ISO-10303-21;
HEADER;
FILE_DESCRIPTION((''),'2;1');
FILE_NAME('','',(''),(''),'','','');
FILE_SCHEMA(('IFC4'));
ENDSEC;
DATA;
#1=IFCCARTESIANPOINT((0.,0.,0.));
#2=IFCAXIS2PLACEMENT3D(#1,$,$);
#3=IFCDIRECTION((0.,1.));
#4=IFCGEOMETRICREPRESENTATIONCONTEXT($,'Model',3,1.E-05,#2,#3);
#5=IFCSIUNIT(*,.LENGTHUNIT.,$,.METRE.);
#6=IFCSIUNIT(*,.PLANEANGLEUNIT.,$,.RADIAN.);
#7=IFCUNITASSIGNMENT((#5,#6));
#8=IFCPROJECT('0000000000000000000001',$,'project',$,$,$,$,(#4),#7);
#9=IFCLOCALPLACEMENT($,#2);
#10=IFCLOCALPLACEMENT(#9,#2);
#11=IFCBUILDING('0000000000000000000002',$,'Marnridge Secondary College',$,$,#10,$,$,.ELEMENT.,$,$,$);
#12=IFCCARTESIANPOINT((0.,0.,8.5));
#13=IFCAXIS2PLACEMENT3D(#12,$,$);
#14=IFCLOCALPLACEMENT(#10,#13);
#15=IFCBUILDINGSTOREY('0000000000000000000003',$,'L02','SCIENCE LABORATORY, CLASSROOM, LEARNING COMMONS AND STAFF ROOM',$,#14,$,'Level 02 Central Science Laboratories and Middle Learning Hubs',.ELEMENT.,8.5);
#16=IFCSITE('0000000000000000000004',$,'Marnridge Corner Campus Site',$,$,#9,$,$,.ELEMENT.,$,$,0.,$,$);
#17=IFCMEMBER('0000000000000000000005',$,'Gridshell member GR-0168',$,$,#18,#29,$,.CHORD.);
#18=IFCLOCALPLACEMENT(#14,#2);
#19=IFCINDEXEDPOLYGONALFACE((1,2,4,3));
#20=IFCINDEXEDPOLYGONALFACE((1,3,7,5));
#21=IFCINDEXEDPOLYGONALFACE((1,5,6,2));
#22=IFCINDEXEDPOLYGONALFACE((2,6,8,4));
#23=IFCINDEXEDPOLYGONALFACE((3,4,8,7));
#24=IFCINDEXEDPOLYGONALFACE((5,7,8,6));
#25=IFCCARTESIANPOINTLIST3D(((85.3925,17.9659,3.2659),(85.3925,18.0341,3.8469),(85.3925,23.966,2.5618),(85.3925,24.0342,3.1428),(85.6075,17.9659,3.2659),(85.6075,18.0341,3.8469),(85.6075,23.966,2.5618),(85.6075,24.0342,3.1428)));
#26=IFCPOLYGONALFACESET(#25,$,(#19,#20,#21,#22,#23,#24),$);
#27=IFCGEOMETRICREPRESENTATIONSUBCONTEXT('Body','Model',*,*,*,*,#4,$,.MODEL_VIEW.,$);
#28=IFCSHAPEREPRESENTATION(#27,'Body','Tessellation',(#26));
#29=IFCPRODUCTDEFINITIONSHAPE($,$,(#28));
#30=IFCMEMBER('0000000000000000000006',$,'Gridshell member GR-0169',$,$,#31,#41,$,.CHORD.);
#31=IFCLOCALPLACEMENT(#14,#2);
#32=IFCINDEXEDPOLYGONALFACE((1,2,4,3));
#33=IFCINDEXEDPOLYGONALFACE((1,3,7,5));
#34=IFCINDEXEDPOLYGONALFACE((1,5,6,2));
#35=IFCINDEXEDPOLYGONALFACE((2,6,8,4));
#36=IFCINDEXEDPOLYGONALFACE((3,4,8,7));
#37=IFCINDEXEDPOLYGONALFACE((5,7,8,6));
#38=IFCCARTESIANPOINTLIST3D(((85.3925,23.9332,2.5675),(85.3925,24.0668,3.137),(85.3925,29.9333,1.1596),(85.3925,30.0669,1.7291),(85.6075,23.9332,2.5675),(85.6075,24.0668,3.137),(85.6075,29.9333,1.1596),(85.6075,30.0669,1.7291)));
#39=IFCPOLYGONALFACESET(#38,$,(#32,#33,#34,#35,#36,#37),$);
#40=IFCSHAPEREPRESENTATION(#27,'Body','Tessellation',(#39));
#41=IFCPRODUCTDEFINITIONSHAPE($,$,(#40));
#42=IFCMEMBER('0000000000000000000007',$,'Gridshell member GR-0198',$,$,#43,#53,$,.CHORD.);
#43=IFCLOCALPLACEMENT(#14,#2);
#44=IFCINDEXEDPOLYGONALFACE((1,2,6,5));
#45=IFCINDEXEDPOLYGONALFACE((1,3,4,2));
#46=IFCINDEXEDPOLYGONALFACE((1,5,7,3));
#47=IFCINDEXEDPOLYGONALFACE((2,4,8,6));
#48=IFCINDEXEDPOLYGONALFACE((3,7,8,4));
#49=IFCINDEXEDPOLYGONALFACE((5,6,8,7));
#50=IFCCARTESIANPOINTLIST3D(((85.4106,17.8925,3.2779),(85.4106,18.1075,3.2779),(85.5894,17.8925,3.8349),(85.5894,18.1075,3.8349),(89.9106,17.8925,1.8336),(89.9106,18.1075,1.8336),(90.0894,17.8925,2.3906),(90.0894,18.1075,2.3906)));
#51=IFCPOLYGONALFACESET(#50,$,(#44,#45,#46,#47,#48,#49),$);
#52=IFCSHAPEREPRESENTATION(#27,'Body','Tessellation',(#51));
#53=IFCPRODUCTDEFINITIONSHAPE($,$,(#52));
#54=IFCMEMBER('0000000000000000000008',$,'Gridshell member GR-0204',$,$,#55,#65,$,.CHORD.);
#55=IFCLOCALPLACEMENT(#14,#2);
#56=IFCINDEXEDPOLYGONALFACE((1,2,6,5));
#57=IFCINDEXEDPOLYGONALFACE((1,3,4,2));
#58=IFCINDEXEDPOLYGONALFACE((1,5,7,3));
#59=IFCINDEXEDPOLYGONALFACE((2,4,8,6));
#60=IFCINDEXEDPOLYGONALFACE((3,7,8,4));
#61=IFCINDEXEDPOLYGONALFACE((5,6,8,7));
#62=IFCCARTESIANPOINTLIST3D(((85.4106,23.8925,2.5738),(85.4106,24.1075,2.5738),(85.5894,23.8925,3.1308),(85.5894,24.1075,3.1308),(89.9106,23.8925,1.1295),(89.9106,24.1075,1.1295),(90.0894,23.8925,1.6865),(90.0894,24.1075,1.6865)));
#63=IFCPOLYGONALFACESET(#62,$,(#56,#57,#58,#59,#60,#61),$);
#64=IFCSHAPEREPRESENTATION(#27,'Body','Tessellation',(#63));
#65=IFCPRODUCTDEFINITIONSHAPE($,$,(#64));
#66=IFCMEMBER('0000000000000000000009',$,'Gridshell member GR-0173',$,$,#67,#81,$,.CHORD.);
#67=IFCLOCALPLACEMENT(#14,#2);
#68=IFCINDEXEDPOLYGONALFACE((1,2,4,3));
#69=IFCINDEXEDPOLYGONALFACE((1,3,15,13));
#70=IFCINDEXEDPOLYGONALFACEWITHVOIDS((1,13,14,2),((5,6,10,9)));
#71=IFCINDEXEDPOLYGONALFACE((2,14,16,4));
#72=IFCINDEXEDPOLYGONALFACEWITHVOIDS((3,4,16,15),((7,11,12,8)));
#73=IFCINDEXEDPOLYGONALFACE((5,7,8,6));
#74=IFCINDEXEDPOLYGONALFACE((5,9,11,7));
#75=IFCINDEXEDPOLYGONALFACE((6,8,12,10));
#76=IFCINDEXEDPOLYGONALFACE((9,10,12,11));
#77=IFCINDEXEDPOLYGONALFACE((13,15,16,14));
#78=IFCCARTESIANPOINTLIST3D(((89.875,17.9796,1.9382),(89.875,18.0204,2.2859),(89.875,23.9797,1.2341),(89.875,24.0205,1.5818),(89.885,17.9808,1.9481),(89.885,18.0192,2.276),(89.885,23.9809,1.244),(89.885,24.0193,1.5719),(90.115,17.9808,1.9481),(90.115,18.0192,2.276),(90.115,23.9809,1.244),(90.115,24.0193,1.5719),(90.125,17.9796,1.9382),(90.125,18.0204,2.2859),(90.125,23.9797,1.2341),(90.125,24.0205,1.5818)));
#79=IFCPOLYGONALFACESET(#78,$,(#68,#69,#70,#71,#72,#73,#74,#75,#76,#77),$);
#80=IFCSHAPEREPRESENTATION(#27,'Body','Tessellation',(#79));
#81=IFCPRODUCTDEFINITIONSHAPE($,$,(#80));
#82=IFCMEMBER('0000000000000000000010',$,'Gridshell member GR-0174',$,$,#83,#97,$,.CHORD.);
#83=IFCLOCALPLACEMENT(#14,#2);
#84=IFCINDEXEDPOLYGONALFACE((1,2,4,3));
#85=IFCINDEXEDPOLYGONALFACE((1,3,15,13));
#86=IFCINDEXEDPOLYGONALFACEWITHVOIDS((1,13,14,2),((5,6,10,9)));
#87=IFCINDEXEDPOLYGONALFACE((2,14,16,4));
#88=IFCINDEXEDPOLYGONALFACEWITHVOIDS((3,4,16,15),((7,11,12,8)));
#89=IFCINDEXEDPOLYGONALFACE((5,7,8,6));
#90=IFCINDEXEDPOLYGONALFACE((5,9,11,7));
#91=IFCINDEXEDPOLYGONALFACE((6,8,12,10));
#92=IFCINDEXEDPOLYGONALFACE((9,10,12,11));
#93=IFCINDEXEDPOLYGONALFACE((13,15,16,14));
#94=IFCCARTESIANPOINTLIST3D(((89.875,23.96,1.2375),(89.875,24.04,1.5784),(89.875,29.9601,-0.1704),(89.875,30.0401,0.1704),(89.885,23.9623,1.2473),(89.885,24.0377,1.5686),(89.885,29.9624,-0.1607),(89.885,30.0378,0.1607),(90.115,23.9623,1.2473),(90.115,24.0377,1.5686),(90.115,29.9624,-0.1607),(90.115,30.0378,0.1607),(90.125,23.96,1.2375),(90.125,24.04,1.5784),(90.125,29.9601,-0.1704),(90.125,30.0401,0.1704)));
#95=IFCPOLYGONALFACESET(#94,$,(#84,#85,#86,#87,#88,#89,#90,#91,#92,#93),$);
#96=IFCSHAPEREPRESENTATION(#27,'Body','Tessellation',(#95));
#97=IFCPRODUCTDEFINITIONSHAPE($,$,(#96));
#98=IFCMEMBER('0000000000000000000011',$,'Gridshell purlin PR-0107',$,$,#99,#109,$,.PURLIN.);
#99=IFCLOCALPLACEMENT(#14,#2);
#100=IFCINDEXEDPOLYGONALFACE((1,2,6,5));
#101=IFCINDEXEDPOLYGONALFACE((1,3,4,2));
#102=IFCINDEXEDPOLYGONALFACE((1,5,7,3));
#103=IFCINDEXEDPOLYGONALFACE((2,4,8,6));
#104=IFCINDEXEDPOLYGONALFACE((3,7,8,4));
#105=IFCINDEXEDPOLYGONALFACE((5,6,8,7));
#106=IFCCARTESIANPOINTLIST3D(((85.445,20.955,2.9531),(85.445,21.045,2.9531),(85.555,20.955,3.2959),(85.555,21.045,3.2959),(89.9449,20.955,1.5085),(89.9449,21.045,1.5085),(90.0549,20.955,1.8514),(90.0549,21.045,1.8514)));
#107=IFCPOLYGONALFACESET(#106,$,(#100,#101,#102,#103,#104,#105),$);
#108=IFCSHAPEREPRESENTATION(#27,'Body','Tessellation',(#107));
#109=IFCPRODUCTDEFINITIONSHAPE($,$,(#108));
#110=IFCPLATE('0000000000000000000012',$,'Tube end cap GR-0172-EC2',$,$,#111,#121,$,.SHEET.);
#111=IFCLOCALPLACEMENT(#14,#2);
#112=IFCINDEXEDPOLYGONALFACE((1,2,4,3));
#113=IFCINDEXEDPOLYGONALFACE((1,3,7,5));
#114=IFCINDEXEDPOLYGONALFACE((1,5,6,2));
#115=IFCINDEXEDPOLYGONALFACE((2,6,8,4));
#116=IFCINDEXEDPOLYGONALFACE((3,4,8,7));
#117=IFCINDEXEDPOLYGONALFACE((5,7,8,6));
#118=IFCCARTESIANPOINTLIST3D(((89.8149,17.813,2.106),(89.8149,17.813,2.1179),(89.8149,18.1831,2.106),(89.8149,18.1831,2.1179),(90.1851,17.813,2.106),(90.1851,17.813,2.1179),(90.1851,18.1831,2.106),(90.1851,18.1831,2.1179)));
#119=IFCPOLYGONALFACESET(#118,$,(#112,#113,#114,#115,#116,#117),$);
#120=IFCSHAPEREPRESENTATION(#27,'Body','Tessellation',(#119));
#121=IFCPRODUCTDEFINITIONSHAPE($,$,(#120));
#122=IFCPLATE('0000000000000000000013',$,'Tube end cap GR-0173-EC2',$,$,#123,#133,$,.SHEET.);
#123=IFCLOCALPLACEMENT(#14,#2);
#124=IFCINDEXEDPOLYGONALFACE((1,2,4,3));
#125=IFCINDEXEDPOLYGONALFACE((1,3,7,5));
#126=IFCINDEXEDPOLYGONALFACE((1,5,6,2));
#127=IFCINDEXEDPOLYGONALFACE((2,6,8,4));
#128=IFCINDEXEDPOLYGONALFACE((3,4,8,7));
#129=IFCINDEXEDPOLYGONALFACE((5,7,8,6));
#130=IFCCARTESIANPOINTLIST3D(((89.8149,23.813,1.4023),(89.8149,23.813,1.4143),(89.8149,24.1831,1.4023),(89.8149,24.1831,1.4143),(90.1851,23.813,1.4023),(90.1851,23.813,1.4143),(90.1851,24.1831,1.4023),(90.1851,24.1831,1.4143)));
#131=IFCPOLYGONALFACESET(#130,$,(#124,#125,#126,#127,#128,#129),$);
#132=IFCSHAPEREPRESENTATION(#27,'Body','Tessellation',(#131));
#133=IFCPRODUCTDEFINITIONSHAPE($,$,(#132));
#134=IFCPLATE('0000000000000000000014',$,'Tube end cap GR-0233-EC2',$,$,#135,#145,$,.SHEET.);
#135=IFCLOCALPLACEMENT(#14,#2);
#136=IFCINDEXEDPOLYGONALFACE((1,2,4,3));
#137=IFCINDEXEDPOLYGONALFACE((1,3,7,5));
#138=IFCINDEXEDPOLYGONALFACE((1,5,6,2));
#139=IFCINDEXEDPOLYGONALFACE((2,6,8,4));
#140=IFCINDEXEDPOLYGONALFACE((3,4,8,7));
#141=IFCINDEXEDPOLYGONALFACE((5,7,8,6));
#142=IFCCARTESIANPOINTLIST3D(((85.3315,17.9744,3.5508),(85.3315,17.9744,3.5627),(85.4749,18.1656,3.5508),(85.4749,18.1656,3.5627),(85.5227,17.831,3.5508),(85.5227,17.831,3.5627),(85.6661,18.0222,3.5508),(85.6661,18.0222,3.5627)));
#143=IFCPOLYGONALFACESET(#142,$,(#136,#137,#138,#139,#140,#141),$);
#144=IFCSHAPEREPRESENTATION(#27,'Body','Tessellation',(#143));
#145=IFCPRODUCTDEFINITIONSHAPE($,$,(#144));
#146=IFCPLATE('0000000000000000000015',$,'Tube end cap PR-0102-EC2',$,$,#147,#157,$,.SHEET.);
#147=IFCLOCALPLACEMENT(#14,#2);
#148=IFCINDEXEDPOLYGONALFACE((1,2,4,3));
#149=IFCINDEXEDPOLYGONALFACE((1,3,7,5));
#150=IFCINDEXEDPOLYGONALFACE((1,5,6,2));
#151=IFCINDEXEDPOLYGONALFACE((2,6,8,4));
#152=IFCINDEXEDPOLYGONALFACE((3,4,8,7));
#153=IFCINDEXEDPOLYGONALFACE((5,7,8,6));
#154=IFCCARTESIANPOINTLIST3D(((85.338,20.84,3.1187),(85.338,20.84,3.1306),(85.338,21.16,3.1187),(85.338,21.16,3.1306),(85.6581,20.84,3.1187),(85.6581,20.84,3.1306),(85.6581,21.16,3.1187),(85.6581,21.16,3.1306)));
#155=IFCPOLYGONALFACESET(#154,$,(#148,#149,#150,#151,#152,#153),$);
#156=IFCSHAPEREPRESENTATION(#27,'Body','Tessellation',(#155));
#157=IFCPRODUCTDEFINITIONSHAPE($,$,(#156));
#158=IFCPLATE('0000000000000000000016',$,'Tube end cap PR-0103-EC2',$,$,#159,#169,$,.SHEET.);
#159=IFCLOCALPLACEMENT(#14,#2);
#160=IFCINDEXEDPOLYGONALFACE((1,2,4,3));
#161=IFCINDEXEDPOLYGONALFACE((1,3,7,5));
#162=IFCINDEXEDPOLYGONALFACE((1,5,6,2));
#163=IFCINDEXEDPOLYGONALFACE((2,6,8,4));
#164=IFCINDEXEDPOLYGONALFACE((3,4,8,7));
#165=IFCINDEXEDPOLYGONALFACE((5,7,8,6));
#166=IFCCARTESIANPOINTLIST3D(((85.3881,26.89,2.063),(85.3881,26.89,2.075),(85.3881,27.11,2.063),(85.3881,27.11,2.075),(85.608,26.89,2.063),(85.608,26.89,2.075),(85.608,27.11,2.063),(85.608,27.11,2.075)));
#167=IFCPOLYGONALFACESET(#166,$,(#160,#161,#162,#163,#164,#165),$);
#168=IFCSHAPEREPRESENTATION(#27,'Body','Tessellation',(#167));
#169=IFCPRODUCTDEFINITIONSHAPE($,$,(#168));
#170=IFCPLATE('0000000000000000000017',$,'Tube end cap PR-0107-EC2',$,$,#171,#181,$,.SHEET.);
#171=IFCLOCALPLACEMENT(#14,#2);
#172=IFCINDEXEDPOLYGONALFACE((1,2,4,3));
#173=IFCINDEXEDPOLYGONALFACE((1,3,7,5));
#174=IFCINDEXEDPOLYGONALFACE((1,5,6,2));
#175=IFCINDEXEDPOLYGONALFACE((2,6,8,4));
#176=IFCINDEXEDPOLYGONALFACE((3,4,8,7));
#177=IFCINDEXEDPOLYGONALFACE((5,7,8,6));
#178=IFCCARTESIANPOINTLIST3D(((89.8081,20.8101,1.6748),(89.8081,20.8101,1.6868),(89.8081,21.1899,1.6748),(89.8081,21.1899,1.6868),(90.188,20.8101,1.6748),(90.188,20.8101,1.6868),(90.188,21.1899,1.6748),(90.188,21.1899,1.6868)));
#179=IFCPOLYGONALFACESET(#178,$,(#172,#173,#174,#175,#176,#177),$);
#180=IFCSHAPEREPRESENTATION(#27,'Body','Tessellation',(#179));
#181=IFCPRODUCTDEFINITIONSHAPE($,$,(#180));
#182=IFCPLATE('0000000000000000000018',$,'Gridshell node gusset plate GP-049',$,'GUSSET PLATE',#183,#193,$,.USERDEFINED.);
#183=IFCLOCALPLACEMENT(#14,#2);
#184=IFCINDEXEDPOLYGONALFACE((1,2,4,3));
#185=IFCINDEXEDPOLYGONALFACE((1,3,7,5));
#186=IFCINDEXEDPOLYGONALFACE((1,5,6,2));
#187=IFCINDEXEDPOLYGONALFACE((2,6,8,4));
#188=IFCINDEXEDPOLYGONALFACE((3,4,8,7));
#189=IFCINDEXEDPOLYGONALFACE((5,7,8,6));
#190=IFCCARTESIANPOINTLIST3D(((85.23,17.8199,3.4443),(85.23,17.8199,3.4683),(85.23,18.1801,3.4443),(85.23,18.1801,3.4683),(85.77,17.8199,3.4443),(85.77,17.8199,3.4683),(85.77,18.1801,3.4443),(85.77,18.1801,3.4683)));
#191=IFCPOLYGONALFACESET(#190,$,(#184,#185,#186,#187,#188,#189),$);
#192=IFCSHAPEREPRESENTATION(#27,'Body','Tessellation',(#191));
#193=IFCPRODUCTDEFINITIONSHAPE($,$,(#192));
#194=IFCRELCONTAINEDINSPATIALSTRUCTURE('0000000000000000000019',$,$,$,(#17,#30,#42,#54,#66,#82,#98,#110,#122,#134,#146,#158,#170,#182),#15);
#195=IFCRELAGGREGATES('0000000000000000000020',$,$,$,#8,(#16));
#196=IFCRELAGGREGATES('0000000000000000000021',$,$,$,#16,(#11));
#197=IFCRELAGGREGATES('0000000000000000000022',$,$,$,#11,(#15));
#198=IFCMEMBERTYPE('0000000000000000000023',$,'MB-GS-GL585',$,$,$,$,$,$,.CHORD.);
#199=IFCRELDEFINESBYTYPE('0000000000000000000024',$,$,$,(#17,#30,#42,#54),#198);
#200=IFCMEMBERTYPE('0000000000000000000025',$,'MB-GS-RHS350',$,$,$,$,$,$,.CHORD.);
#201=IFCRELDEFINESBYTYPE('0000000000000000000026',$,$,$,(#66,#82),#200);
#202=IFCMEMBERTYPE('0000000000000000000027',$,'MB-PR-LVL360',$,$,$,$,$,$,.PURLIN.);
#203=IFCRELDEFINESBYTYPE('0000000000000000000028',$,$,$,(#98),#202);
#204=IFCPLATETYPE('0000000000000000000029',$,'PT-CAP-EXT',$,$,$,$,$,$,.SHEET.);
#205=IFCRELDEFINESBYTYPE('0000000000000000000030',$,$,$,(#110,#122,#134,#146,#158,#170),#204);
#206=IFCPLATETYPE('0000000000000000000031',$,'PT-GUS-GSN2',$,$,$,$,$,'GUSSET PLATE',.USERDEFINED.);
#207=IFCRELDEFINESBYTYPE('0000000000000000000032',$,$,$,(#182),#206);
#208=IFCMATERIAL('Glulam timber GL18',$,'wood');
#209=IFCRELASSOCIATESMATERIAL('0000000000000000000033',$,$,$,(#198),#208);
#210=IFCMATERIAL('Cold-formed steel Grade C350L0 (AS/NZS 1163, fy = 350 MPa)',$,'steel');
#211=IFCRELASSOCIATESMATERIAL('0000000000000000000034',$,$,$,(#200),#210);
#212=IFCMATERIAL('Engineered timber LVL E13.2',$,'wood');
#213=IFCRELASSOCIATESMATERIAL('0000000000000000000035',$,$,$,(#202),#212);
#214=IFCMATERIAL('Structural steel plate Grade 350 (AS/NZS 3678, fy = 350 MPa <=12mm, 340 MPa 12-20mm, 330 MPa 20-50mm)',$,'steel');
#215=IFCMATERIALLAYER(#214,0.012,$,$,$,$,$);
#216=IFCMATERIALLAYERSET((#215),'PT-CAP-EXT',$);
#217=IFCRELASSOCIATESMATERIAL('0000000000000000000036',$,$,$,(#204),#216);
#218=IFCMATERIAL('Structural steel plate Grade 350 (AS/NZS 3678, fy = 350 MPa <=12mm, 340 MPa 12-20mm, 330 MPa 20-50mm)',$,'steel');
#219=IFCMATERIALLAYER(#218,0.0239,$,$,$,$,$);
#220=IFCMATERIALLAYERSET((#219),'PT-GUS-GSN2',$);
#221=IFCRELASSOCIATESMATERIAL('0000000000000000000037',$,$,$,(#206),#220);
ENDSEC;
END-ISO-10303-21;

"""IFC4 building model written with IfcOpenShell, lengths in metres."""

from ifc_helpers import new_model, si_unit, direction, frame, origin, origin_2d, place, context, subcontext, project, spatial, rectangle, hollow_rectangle, extrude, material, layer, layer_set, material_profile, profile_set, type_object, element, save


model = new_model("IFC4")

# Units and contexts
model_context = context("Model", 3, precision=1e-05, world=origin(), true_north=direction((0.0, 1.0)))
body_context = subcontext(model_context, "Body", "Model", "MODEL_VIEW")
ifc_project = project(units=[si_unit("LENGTHUNIT", "METRE"), si_unit("PLANEANGLEUNIT", "RADIAN")], contexts=[model_context])

# Site, building, storey
site_placement = place(None, origin())
site = spatial("IfcSite", under=ifc_project, at=site_placement, Name="Marnridge Corner Campus Site", CompositionType="ELEMENT", RefElevation=0.0)
building_placement = place(site_placement, origin())
building = spatial("IfcBuilding", under=site, at=building_placement, Name="Marnridge Secondary College", CompositionType="ELEMENT")
storey_placement = place(building_placement, frame((0.0, 0.0, 8.5)))
storey = spatial("IfcBuildingStorey", under=building, at=storey_placement, Name="L02", Description="SCIENCE LABORATORY, CLASSROOM, LEARNING COMMONS AND STAFF ROOM", LongName="Level 02 Central Science Laboratories and Middle Learning Hubs", CompositionType="ELEMENT", Elevation=8.5)

# Members
ifc_material_1 = material(Name="Glulam timber GL18", Category="wood")
ifc_material_profile_1 = material_profile(ifc_material_1, rectangle(XDim=0.2151, YDim=0.585, at=origin_2d()), Name="GL18 215x585")
ifc_profile_set_1 = profile_set([ifc_material_profile_1], Name="Glulam timber GL18")
member_type_1 = type_object("IfcMemberType", Name="MB-GS-GL585", PredefinedType="CHORD", material=ifc_profile_set_1)
member_1_placement = place(storey_placement, frame((85.5, 18.0, 3.5564), z_axis=(0.0, 0.993185, -0.11655), x_axis=(-1.0, 0.0, 0.0)))
element("IfcMember", 1, at=member_1_placement, inside=storey, type_object=member_type_1, Name="Gridshell member GR-0168", PredefinedType="CHORD", context=body_context, shape_type="SweptSolid", body=[
    extrude(rectangle(XDim=0.2151, YDim=0.585, at=origin_2d()), origin(), (0.0, 0.0, 1.0), 6.0413),
])
member_2_placement = place(storey_placement, frame((85.5, 24.0, 2.8523), z_axis=(0.0, 0.973555, -0.228454), x_axis=(-1.0, 0.0, 0.0)))
element("IfcMember", 2, at=member_2_placement, inside=storey, type_object=member_type_1, Name="Gridshell member GR-0169", PredefinedType="CHORD", context=body_context, shape_type="SweptSolid", body=[
    extrude(rectangle(XDim=0.2151, YDim=0.585, at=origin_2d()), origin(), (0.0, 0.0, 1.0), 6.1631),
])
for number, where, z_axis, x_axis, name in (
    (3, (85.5, 18.0, 3.5564), (0.952157, 0.0, -0.305608), (0.0, 1.0, 0.0), "Gridshell member GR-0198"),
    (4, (85.5, 24.0, 2.8523), (0.952157, 0.0, -0.305608), (0.0, 1.0, 0.0), "Gridshell member GR-0204"),
):
    element("IfcMember", number, at=place(storey_placement, frame(where, z_axis=z_axis, x_axis=x_axis)), inside=storey, type_object=member_type_1, Name=name, PredefinedType="CHORD", context=body_context, shape_type="SweptSolid", body=[
        extrude(rectangle(XDim=0.2151, YDim=0.585, at=origin_2d()), origin(), (0.0, 0.0, 1.0), 4.7261),
    ])
ifc_material_2 = material(Name="Cold-formed steel Grade C350L0 (AS/NZS 1163, fy = 350 MPa)", Category="steel")
ifc_material_profile_2 = material_profile(ifc_material_2, hollow_rectangle(XDim=0.25, YDim=0.3501, WallThickness=0.01, at=origin_2d()), Name="350x250x10.0RHS")
ifc_profile_set_2 = profile_set([ifc_material_profile_2], Name="Cold-formed steel Grade C350L0 (AS/NZS 1163, fy = 350 MPa)")
member_type_2 = type_object("IfcMemberType", Name="MB-GS-RHS350", PredefinedType="CHORD", material=ifc_profile_set_2)
member_3_placement = place(storey_placement, frame((90.0, 18.0, 2.1121), z_axis=(0.0, 0.993185, -0.11655), x_axis=(-1.0, 0.0, 0.0)))
element("IfcMember", 5, at=member_3_placement, inside=storey, type_object=member_type_2, Name="Gridshell member GR-0173", PredefinedType="CHORD", context=body_context, shape_type="SweptSolid", body=[
    extrude(hollow_rectangle(XDim=0.25, YDim=0.3501, WallThickness=0.01, at=origin_2d()), origin(), (0.0, 0.0, 1.0), 6.0413),
])
member_4_placement = place(storey_placement, frame((90.0, 24.0, 1.408), z_axis=(0.0, 0.973555, -0.228454), x_axis=(-1.0, 0.0, 0.0)))
element("IfcMember", 6, at=member_4_placement, inside=storey, type_object=member_type_2, Name="Gridshell member GR-0174", PredefinedType="CHORD", context=body_context, shape_type="SweptSolid", body=[
    extrude(hollow_rectangle(XDim=0.25, YDim=0.3501, WallThickness=0.01, at=origin_2d()), origin(), (0.0, 0.0, 1.0), 6.1631),
])
ifc_material_3 = material(Name="Engineered timber LVL E13.2", Category="wood")
ifc_material_profile_3 = material_profile(ifc_material_3, rectangle(XDim=0.0901, YDim=0.3601, at=origin_2d()), Name="LVL 90x360")
ifc_profile_set_3 = profile_set([ifc_material_profile_3], Name="Engineered timber LVL E13.2")
member_type_3 = type_object("IfcMemberType", Name="MB-PR-LVL360", PredefinedType="PURLIN", material=ifc_profile_set_3)
member_5_placement = place(storey_placement, frame((85.5, 21.0, 3.1245), z_axis=(0.952142, 0.0, -0.305655), x_axis=(0.0, 1.0, 0.0)))
element("IfcMember", 7, at=member_5_placement, inside=storey, type_object=member_type_3, Name="Gridshell purlin PR-0107", PredefinedType="PURLIN", context=body_context, shape_type="SweptSolid", body=[
    extrude(rectangle(XDim=0.0901, YDim=0.3601, at=origin_2d()), origin(), (0.0, 0.0, 1.0), 4.7261),
])

# Plates
ifc_material_4 = material(Name="Structural steel plate Grade 350 (AS/NZS 3678, fy = 350 MPa <=12mm, 340 MPa 12-20mm, 330 MPa 20-50mm)", Category="steel")
ifc_layer_1 = layer(ifc_material_4, 0.012)
ifc_layer_set_1 = layer_set([ifc_layer_1], Name="PT-CAP-EXT")
plate_type_1 = type_object("IfcPlateType", Name="PT-CAP-EXT", PredefinedType="SHEET", material=ifc_layer_set_1)
for number, where, z_axis, x_axis, name in (
    (8, (90.0, 17.998, 2.106), (0.0, 0.0, 1.0), (0.0, 1.0, 0.0), "Tube end cap GR-0172-EC2"),
    (9, (90.0, 23.998, 1.4023), (0.0, 0.0, 1.0), (0.0, 1.0, 0.0), "Tube end cap GR-0173-EC2"),
):
    element("IfcPlate", number, at=place(storey_placement, frame(where, z_axis=z_axis, x_axis=x_axis)), inside=storey, type_object=plate_type_1, Name=name, PredefinedType="SHEET", context=body_context, shape_type="SweptSolid", body=[
        extrude(rectangle(XDim=0.3701, YDim=0.3701, at=origin_2d()), origin(), (0.0, 0.0, 1.0), 0.012),
    ])
plate_1_placement = place(storey_placement, frame((85.4988, 17.9983, 3.5508), z_axis=(0.0, 0.0, 1.0), x_axis=(0.600001, 0.799999, 0.0)))
element("IfcPlate", 10, at=plate_1_placement, inside=storey, type_object=plate_type_1, Name="Tube end cap GR-0233-EC2", PredefinedType="SHEET", context=body_context, shape_type="SweptSolid", body=[
    extrude(rectangle(XDim=0.239, YDim=0.239, at=origin_2d()), origin(), (0.0, 0.0, 1.0), 0.012),
])
plate_2_placement = place(storey_placement, frame((85.498, 21.0, 3.1187), z_axis=(0.0, 0.0, 1.0), x_axis=(1.0, 0.0, 0.0)))
element("IfcPlate", 11, at=plate_2_placement, inside=storey, type_object=plate_type_1, Name="Tube end cap PR-0102-EC2", PredefinedType="SHEET", context=body_context, shape_type="SweptSolid", body=[
    extrude(rectangle(XDim=0.3201, YDim=0.3201, at=origin_2d()), origin(), (0.0, 0.0, 1.0), 0.012),
])
plate_3_placement = place(storey_placement, frame((85.498, 27.0, 2.063), z_axis=(0.0, 0.0, 1.0), x_axis=(1.0, 0.0, 0.0)))
element("IfcPlate", 12, at=plate_3_placement, inside=storey, type_object=plate_type_1, Name="Tube end cap PR-0103-EC2", PredefinedType="SHEET", context=body_context, shape_type="SweptSolid", body=[
    extrude(rectangle(XDim=0.22, YDim=0.22, at=origin_2d()), origin(), (0.0, 0.0, 1.0), 0.012),
])
plate_4_placement = place(storey_placement, frame((89.998, 21.0, 1.6748), z_axis=(0.0, 0.0, 1.0), x_axis=(1.0, 0.0, 0.0)))
element("IfcPlate", 13, at=plate_4_placement, inside=storey, type_object=plate_type_1, Name="Tube end cap PR-0107-EC2", PredefinedType="SHEET", context=body_context, shape_type="SweptSolid", body=[
    extrude(rectangle(XDim=0.3799, YDim=0.3799, at=origin_2d()), origin(), (0.0, 0.0, 1.0), 0.012),
])
ifc_material_5 = material(Name="Structural steel plate Grade 350 (AS/NZS 3678, fy = 350 MPa <=12mm, 340 MPa 12-20mm, 330 MPa 20-50mm)", Category="steel")
ifc_layer_2 = layer(ifc_material_5, 0.0239)
ifc_layer_set_2 = layer_set([ifc_layer_2], Name="PT-GUS-GSN2")
plate_type_2 = type_object("IfcPlateType", Name="PT-GUS-GSN2", ElementType="GUSSET PLATE", PredefinedType="USERDEFINED", material=ifc_layer_set_2)
for number, where, z_axis, x_axis, name in (
    (14, (85.5, 18.0, 3.4443), (0.0, 0.0, 1.0), (1.0, 0.0, 0.0), "Gridshell node gusset plate GP-049"),
):
    element("IfcPlate", number, at=place(storey_placement, frame(where, z_axis=z_axis, x_axis=x_axis)), inside=storey, type_object=plate_type_2, Name=name, ObjectType="GUSSET PLATE", PredefinedType="USERDEFINED", context=body_context, shape_type="SweptSolid", body=[
        extrude(rectangle(XDim=0.54, YDim=0.3601, at=origin_2d()), origin(), (0.0, 0.0, 1.0), 0.0239),
    ])

save(model, "model.ifc")
